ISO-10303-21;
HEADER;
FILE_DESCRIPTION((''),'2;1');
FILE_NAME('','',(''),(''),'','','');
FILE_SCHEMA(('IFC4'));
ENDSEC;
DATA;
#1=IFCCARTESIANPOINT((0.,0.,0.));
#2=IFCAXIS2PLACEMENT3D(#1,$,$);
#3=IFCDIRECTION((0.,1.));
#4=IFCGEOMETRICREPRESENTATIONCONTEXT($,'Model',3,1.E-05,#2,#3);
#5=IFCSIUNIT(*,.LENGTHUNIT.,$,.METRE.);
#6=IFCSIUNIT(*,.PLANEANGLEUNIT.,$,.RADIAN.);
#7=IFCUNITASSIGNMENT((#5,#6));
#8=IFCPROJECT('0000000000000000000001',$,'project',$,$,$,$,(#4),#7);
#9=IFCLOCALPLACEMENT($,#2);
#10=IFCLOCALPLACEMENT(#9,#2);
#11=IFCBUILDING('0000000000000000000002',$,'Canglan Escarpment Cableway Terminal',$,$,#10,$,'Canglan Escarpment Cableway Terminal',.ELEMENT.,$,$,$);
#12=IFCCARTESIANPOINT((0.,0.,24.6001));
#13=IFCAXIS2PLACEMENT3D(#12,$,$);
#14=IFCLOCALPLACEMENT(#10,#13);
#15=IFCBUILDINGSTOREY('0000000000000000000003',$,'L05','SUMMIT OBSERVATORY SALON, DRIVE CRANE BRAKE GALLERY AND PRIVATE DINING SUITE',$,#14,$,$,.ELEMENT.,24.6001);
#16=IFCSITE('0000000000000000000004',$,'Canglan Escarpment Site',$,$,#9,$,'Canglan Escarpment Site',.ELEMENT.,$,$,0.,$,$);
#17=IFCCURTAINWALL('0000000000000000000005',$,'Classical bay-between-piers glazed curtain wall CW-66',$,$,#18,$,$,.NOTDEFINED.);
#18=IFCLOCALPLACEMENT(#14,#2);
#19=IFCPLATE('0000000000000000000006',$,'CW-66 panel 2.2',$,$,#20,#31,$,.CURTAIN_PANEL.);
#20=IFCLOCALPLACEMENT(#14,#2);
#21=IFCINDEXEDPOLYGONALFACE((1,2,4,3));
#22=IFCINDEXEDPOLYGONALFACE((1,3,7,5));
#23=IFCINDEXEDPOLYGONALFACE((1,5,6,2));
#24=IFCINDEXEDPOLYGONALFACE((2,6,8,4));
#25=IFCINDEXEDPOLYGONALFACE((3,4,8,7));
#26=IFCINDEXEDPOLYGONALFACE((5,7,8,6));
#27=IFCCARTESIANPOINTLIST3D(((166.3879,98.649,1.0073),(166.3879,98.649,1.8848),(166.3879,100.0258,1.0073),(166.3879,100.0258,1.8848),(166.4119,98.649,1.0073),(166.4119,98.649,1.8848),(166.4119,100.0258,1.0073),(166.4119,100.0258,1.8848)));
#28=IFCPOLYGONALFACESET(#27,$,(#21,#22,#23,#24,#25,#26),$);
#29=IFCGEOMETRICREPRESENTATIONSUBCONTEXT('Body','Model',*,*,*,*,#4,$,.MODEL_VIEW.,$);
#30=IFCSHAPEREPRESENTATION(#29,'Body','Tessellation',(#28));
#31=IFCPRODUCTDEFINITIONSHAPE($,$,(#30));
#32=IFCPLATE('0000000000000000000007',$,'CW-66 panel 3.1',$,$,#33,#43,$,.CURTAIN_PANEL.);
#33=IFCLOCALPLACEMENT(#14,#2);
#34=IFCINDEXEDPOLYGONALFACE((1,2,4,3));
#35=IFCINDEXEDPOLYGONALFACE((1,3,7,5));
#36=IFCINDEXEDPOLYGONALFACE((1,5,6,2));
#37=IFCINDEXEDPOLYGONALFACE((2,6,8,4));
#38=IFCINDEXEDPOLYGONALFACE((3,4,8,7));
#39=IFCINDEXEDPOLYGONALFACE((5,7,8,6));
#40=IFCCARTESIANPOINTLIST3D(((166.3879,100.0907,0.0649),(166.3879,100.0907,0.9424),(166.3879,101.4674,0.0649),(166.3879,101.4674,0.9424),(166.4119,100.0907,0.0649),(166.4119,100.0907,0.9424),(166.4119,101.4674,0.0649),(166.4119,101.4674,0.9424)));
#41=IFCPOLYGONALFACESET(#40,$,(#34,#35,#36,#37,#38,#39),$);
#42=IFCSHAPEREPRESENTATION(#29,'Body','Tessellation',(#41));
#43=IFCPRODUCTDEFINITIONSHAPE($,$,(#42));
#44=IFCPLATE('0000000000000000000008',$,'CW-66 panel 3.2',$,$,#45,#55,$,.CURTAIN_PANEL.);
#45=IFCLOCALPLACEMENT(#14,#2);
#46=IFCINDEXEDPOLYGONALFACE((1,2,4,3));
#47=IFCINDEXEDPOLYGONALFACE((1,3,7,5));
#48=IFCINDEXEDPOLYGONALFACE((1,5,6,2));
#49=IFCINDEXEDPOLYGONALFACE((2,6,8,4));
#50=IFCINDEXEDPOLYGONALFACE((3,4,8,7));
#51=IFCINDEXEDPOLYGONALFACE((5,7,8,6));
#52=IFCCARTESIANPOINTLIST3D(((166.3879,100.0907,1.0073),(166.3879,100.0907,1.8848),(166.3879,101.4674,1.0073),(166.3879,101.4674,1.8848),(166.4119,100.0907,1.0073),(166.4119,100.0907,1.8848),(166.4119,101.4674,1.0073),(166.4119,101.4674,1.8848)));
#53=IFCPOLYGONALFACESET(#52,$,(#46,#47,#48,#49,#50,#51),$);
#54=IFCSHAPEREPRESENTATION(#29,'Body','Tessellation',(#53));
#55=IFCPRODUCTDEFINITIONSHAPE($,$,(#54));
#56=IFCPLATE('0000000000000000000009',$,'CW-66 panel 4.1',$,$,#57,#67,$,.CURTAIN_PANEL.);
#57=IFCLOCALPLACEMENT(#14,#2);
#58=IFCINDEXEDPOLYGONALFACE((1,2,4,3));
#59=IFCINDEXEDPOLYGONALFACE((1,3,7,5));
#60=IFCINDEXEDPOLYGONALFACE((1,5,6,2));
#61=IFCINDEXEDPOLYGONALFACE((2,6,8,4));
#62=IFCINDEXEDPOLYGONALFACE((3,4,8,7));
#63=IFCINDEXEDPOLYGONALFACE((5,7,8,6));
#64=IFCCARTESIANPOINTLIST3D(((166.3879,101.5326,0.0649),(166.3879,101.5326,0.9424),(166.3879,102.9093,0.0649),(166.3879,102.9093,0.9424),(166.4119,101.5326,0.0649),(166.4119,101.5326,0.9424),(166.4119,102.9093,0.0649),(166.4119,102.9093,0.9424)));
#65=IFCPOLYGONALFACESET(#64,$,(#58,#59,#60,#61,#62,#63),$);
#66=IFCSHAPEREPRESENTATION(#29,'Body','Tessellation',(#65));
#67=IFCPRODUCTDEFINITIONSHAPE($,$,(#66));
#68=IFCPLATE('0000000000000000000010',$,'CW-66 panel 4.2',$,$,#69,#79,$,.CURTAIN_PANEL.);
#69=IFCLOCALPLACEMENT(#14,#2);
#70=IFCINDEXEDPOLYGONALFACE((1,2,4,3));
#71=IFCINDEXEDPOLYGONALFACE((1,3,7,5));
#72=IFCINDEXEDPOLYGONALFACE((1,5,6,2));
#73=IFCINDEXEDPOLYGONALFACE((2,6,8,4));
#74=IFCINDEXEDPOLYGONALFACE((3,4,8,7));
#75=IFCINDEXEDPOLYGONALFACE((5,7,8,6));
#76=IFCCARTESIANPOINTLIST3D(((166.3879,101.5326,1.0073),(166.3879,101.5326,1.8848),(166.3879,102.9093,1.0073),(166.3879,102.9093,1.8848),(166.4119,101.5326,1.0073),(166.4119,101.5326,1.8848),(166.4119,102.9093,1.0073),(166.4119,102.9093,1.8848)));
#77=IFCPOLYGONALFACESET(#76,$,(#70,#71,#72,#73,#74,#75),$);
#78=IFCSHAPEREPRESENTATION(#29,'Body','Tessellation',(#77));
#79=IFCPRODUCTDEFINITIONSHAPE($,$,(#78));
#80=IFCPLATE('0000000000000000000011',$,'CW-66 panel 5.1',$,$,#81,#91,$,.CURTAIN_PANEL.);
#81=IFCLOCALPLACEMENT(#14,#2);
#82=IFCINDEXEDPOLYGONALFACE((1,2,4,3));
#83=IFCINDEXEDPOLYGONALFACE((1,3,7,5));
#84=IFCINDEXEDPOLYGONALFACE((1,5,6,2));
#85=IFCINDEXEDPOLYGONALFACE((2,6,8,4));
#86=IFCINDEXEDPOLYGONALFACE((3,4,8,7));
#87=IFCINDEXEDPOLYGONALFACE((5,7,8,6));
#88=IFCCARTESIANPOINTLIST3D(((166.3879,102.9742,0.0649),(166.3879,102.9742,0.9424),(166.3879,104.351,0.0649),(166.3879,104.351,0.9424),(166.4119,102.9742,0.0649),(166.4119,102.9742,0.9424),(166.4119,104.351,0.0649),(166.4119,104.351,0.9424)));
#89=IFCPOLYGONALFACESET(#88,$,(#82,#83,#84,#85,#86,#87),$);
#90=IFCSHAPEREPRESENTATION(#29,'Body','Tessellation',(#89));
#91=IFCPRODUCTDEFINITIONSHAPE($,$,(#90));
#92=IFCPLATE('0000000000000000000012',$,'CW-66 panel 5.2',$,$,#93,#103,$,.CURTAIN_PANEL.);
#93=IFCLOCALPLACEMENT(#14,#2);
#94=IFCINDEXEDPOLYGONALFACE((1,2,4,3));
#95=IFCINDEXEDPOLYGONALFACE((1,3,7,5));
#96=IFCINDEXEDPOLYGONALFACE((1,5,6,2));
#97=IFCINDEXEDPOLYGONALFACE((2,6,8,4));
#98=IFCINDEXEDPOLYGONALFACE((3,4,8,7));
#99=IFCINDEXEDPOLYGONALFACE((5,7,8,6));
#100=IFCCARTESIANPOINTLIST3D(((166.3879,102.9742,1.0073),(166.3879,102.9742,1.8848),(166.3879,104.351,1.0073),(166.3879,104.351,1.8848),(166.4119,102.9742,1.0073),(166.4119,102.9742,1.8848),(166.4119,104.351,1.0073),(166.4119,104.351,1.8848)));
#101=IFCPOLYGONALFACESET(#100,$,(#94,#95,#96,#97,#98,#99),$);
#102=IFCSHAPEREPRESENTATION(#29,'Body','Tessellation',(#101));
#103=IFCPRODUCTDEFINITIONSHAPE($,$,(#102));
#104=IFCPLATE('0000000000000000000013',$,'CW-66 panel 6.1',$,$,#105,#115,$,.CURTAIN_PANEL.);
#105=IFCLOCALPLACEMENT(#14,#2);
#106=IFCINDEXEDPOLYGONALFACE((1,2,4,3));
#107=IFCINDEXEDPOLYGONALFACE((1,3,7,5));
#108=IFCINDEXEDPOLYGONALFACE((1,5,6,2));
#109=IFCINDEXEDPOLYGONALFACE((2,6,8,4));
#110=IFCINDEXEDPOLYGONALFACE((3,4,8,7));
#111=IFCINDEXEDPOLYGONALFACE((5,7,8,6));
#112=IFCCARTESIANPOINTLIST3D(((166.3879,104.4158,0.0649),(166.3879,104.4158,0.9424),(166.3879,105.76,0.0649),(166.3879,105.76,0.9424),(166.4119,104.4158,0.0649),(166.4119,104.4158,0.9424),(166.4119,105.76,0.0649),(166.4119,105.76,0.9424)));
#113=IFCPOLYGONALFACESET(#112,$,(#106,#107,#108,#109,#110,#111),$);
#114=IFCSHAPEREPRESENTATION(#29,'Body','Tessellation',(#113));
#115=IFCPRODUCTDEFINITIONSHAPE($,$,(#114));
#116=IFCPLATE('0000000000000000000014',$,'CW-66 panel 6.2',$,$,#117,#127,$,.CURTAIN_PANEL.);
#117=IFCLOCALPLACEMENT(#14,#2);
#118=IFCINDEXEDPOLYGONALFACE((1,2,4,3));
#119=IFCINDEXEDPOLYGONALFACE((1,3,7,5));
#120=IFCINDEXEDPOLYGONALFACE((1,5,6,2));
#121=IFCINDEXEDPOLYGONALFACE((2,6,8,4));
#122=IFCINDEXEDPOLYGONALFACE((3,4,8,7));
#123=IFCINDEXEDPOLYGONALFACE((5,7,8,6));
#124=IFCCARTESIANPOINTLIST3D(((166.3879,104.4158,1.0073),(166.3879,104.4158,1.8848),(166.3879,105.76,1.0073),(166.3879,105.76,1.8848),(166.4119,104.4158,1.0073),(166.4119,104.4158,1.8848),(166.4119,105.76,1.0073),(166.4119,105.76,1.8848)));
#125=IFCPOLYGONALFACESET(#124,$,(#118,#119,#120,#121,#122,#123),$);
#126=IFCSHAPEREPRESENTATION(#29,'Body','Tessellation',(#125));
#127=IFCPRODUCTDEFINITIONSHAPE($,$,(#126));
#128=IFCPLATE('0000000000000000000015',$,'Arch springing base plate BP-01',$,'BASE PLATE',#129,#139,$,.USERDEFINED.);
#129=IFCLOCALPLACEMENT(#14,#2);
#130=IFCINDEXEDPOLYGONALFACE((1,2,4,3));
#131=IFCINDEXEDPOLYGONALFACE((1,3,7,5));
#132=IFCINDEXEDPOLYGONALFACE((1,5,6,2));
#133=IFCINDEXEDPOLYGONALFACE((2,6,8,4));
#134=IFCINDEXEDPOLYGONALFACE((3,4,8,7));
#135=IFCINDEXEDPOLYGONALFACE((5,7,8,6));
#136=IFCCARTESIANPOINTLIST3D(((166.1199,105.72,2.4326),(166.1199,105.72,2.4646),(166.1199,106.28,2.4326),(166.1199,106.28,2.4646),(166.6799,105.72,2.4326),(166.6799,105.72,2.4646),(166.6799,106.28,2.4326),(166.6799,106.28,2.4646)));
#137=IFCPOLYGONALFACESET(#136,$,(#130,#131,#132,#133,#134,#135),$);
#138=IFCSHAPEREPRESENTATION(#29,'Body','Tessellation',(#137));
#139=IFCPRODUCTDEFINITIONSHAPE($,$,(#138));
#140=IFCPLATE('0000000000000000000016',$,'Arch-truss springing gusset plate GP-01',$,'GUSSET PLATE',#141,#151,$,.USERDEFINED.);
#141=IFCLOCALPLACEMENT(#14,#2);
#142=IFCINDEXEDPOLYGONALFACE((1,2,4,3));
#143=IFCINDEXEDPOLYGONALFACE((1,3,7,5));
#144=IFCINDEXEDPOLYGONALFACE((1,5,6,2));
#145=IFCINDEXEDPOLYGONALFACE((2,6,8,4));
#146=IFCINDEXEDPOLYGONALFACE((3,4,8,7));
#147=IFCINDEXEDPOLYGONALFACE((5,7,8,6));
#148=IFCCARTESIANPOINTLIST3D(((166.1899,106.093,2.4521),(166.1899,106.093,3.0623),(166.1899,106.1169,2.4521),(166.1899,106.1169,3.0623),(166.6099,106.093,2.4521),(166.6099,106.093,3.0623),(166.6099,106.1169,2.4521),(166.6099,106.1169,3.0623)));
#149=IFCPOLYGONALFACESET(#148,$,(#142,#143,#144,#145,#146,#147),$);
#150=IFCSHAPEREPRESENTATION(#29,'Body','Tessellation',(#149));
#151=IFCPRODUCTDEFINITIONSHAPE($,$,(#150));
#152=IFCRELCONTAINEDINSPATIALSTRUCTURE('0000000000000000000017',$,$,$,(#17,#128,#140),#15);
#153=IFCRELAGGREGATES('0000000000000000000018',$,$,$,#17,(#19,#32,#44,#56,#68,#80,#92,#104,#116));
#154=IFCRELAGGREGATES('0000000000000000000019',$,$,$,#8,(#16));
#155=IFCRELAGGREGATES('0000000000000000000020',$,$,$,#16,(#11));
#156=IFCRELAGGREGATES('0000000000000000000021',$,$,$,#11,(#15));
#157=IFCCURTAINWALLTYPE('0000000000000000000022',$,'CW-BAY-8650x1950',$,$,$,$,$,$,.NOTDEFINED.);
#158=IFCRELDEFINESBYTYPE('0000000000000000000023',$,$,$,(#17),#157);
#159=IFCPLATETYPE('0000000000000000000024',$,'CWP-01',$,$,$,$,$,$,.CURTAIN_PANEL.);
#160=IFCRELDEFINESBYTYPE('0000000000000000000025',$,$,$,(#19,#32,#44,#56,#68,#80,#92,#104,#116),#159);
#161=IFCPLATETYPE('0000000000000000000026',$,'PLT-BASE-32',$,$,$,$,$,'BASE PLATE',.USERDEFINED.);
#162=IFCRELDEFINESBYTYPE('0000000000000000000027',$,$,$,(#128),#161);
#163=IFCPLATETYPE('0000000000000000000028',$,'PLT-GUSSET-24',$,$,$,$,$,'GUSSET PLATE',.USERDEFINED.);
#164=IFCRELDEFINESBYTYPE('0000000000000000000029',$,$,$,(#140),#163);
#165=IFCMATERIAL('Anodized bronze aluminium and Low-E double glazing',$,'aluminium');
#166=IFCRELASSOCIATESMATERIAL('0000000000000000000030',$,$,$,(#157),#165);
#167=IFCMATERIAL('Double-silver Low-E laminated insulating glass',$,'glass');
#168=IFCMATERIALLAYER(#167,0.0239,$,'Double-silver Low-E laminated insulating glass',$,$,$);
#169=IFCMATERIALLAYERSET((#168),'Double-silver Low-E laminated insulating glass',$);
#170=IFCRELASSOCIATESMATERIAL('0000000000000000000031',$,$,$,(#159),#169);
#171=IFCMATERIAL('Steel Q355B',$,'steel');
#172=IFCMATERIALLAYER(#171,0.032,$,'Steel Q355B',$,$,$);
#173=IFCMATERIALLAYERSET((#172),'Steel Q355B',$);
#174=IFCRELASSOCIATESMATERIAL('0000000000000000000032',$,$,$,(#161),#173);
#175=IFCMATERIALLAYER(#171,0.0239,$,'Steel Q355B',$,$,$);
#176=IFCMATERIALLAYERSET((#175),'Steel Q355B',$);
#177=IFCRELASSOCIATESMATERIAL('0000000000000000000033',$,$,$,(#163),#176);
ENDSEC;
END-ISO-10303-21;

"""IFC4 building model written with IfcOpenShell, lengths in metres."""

from ifc_helpers import new_model, si_unit, direction, frame, origin, origin_2d, place, context, subcontext, project, spatial, rectangle, extrude, material, layer, layer_set, type_object, element, aggregate, save


model = new_model("IFC4")

# Units and contexts
model_context = context("Model", 3, precision=1e-05, world=origin(), true_north=direction((0.0, 1.0)))
body_context = subcontext(model_context, "Body", "Model", "MODEL_VIEW")
ifc_project = project(units=[si_unit("LENGTHUNIT", "METRE"), si_unit("PLANEANGLEUNIT", "RADIAN")], contexts=[model_context])

# Site, building, storey
site_placement = place(None, origin())
site = spatial("IfcSite", under=ifc_project, at=site_placement, Name="Canglan Escarpment Site", LongName="Canglan Escarpment Site", CompositionType="ELEMENT", RefElevation=0.0)
building_placement = place(site_placement, origin())
building = spatial("IfcBuilding", under=site, at=building_placement, Name="Canglan Escarpment Cableway Terminal", LongName="Canglan Escarpment Cableway Terminal", CompositionType="ELEMENT")
storey_placement = place(building_placement, frame((0.0, 0.0, 24.6001)))
storey = spatial("IfcBuildingStorey", under=building, at=storey_placement, Name="L05", Description="SUMMIT OBSERVATORY SALON, DRIVE CRANE BRAKE GALLERY AND PRIVATE DINING SUITE", CompositionType="ELEMENT", Elevation=24.6001)

# Shared definitions
ifc_material_1 = material(Name="Steel Q355B", Category="steel")

# Shared definitions
ifc_material_2 = material(Name="Anodized bronze aluminium and Low-E double glazing", Category="aluminium")
curtain_wall_type = type_object("IfcCurtainWallType", Name="CW-BAY-8650x1950", PredefinedType="NOTDEFINED", material=ifc_material_2)

# Curtain wall
curtain_wall_1_placement = place(storey_placement, origin())
curtain_wall_1 = element("IfcCurtainWall", 1, at=curtain_wall_1_placement, inside=storey, type_object=curtain_wall_type, Name="Classical bay-between-piers glazed curtain wall CW-66", PredefinedType="NOTDEFINED")

# Plates
ifc_material_3 = material(Name="Double-silver Low-E laminated insulating glass", Category="glass")
ifc_layer_1 = layer(ifc_material_3, 0.0239, Name="Double-silver Low-E laminated insulating glass")
ifc_layer_set_1 = layer_set([ifc_layer_1], Name="Double-silver Low-E laminated insulating glass")
plate_type_1 = type_object("IfcPlateType", Name="CWP-01", PredefinedType="CURTAIN_PANEL", material=ifc_layer_set_1)
plate_1_placement = place(storey_placement, frame((166.3999, 99.3374, 1.0073), z_axis=(0.0, 0.0, 1.0), x_axis=(0.0, 1.0, 0.0)))
plate_1 = element("IfcPlate", 2, at=plate_1_placement, type_object=plate_type_1, Name="CW-66 panel 2.2", PredefinedType="CURTAIN_PANEL", context=body_context, shape_type="SweptSolid", body=[
    extrude(rectangle(XDim=1.3767, YDim=0.0239, at=origin_2d()), origin(), (0.0, 0.0, 1.0), 0.8774),
])
plate_2_placement = place(storey_placement, frame((166.3999, 100.7791, 0.0649), z_axis=(0.0, 0.0, 1.0), x_axis=(0.0, 1.0, 0.0)))
plate_2 = element("IfcPlate", 3, at=plate_2_placement, type_object=plate_type_1, Name="CW-66 panel 3.1", PredefinedType="CURTAIN_PANEL", context=body_context, shape_type="SweptSolid", body=[
    extrude(rectangle(XDim=1.3767, YDim=0.0239, at=origin_2d()), origin(), (0.0, 0.0, 1.0), 0.8774),
])
plate_3_placement = place(storey_placement, frame((166.3999, 100.7791, 1.0073), z_axis=(0.0, 0.0, 1.0), x_axis=(0.0, 1.0, 0.0)))
plate_3 = element("IfcPlate", 4, at=plate_3_placement, type_object=plate_type_1, Name="CW-66 panel 3.2", PredefinedType="CURTAIN_PANEL", context=body_context, shape_type="SweptSolid", body=[
    extrude(rectangle(XDim=1.3767, YDim=0.0239, at=origin_2d()), origin(), (0.0, 0.0, 1.0), 0.8774),
])
plate_4_placement = place(storey_placement, frame((166.3999, 102.2209, 0.0649), z_axis=(0.0, 0.0, 1.0), x_axis=(0.0, 1.0, 0.0)))
plate_4 = element("IfcPlate", 5, at=plate_4_placement, type_object=plate_type_1, Name="CW-66 panel 4.1", PredefinedType="CURTAIN_PANEL", context=body_context, shape_type="SweptSolid", body=[
    extrude(rectangle(XDim=1.3767, YDim=0.0239, at=origin_2d()), origin(), (0.0, 0.0, 1.0), 0.8774),
])
plate_5_placement = place(storey_placement, frame((166.3999, 102.2209, 1.0073), z_axis=(0.0, 0.0, 1.0), x_axis=(0.0, 1.0, 0.0)))
plate_5 = element("IfcPlate", 6, at=plate_5_placement, type_object=plate_type_1, Name="CW-66 panel 4.2", PredefinedType="CURTAIN_PANEL", context=body_context, shape_type="SweptSolid", body=[
    extrude(rectangle(XDim=1.3767, YDim=0.0239, at=origin_2d()), origin(), (0.0, 0.0, 1.0), 0.8774),
])
plate_6_placement = place(storey_placement, frame((166.3999, 103.6626, 0.0649), z_axis=(0.0, 0.0, 1.0), x_axis=(0.0, 1.0, 0.0)))
plate_6 = element("IfcPlate", 7, at=plate_6_placement, type_object=plate_type_1, Name="CW-66 panel 5.1", PredefinedType="CURTAIN_PANEL", context=body_context, shape_type="SweptSolid", body=[
    extrude(rectangle(XDim=1.3767, YDim=0.0239, at=origin_2d()), origin(), (0.0, 0.0, 1.0), 0.8774),
])
plate_7_placement = place(storey_placement, frame((166.3999, 103.6626, 1.0073), z_axis=(0.0, 0.0, 1.0), x_axis=(0.0, 1.0, 0.0)))
plate_7 = element("IfcPlate", 8, at=plate_7_placement, type_object=plate_type_1, Name="CW-66 panel 5.2", PredefinedType="CURTAIN_PANEL", context=body_context, shape_type="SweptSolid", body=[
    extrude(rectangle(XDim=1.3767, YDim=0.0239, at=origin_2d()), origin(), (0.0, 0.0, 1.0), 0.8774),
])
plate_8_placement = place(storey_placement, frame((166.3999, 105.0879, 0.0649), z_axis=(0.0, 0.0, 1.0), x_axis=(0.0, 1.0, 0.0)))
plate_8 = element("IfcPlate", 9, at=plate_8_placement, type_object=plate_type_1, Name="CW-66 panel 6.1", PredefinedType="CURTAIN_PANEL", context=body_context, shape_type="SweptSolid", body=[
    extrude(rectangle(XDim=1.3442, YDim=0.0239, at=origin_2d()), origin(), (0.0, 0.0, 1.0), 0.8774),
])
plate_9_placement = place(storey_placement, frame((166.3999, 105.0879, 1.0073), z_axis=(0.0, 0.0, 1.0), x_axis=(0.0, 1.0, 0.0)))
plate_9 = element("IfcPlate", 10, at=plate_9_placement, type_object=plate_type_1, Name="CW-66 panel 6.2", PredefinedType="CURTAIN_PANEL", context=body_context, shape_type="SweptSolid", body=[
    extrude(rectangle(XDim=1.3442, YDim=0.0239, at=origin_2d()), origin(), (0.0, 0.0, 1.0), 0.8774),
])
aggregate(curtain_wall_1, [plate_1, plate_2, plate_3, plate_4, plate_5, plate_6, plate_7, plate_8, plate_9])

# Plates
ifc_layer_2 = layer(ifc_material_1, 0.032, Name="Steel Q355B")
ifc_layer_set_2 = layer_set([ifc_layer_2], Name="Steel Q355B")
plate_type_2 = type_object("IfcPlateType", Name="PLT-BASE-32", ElementType="BASE PLATE", PredefinedType="USERDEFINED", material=ifc_layer_set_2)
plate_10_placement = place(storey_placement, frame((166.3999, 106.0, 2.4326), z_axis=(0.0, 0.0, 1.0), x_axis=(1.0, 0.0, 0.0)))
element("IfcPlate", 11, at=plate_10_placement, inside=storey, type_object=plate_type_2, Name="Arch springing base plate BP-01", ObjectType="BASE PLATE", PredefinedType="USERDEFINED", context=body_context, shape_type="SweptSolid", body=[
    extrude(rectangle(XDim=0.5601, YDim=0.5601, at=origin_2d()), origin(), (0.0, 0.0, 1.0), 0.032),
])
ifc_layer_3 = layer(ifc_material_1, 0.0239, Name="Steel Q355B")
ifc_layer_set_3 = layer_set([ifc_layer_3], Name="Steel Q355B")
plate_type_3 = type_object("IfcPlateType", Name="PLT-GUSSET-24", ElementType="GUSSET PLATE", PredefinedType="USERDEFINED", material=ifc_layer_set_3)
plate_11_placement = place(storey_placement, frame((166.3999, 106.105, 2.4521), z_axis=(0.0, 0.0, 1.0), x_axis=(1.0, 0.0, 0.0)))
element("IfcPlate", 12, at=plate_11_placement, inside=storey, type_object=plate_type_3, Name="Arch-truss springing gusset plate GP-01", ObjectType="GUSSET PLATE", PredefinedType="USERDEFINED", context=body_context, shape_type="SweptSolid", body=[
    extrude(rectangle(XDim=0.4199, YDim=0.0239, at=origin_2d()), origin(), (0.0, 0.0, 1.0), 0.6101),
])

save(model, "model.ifc")
